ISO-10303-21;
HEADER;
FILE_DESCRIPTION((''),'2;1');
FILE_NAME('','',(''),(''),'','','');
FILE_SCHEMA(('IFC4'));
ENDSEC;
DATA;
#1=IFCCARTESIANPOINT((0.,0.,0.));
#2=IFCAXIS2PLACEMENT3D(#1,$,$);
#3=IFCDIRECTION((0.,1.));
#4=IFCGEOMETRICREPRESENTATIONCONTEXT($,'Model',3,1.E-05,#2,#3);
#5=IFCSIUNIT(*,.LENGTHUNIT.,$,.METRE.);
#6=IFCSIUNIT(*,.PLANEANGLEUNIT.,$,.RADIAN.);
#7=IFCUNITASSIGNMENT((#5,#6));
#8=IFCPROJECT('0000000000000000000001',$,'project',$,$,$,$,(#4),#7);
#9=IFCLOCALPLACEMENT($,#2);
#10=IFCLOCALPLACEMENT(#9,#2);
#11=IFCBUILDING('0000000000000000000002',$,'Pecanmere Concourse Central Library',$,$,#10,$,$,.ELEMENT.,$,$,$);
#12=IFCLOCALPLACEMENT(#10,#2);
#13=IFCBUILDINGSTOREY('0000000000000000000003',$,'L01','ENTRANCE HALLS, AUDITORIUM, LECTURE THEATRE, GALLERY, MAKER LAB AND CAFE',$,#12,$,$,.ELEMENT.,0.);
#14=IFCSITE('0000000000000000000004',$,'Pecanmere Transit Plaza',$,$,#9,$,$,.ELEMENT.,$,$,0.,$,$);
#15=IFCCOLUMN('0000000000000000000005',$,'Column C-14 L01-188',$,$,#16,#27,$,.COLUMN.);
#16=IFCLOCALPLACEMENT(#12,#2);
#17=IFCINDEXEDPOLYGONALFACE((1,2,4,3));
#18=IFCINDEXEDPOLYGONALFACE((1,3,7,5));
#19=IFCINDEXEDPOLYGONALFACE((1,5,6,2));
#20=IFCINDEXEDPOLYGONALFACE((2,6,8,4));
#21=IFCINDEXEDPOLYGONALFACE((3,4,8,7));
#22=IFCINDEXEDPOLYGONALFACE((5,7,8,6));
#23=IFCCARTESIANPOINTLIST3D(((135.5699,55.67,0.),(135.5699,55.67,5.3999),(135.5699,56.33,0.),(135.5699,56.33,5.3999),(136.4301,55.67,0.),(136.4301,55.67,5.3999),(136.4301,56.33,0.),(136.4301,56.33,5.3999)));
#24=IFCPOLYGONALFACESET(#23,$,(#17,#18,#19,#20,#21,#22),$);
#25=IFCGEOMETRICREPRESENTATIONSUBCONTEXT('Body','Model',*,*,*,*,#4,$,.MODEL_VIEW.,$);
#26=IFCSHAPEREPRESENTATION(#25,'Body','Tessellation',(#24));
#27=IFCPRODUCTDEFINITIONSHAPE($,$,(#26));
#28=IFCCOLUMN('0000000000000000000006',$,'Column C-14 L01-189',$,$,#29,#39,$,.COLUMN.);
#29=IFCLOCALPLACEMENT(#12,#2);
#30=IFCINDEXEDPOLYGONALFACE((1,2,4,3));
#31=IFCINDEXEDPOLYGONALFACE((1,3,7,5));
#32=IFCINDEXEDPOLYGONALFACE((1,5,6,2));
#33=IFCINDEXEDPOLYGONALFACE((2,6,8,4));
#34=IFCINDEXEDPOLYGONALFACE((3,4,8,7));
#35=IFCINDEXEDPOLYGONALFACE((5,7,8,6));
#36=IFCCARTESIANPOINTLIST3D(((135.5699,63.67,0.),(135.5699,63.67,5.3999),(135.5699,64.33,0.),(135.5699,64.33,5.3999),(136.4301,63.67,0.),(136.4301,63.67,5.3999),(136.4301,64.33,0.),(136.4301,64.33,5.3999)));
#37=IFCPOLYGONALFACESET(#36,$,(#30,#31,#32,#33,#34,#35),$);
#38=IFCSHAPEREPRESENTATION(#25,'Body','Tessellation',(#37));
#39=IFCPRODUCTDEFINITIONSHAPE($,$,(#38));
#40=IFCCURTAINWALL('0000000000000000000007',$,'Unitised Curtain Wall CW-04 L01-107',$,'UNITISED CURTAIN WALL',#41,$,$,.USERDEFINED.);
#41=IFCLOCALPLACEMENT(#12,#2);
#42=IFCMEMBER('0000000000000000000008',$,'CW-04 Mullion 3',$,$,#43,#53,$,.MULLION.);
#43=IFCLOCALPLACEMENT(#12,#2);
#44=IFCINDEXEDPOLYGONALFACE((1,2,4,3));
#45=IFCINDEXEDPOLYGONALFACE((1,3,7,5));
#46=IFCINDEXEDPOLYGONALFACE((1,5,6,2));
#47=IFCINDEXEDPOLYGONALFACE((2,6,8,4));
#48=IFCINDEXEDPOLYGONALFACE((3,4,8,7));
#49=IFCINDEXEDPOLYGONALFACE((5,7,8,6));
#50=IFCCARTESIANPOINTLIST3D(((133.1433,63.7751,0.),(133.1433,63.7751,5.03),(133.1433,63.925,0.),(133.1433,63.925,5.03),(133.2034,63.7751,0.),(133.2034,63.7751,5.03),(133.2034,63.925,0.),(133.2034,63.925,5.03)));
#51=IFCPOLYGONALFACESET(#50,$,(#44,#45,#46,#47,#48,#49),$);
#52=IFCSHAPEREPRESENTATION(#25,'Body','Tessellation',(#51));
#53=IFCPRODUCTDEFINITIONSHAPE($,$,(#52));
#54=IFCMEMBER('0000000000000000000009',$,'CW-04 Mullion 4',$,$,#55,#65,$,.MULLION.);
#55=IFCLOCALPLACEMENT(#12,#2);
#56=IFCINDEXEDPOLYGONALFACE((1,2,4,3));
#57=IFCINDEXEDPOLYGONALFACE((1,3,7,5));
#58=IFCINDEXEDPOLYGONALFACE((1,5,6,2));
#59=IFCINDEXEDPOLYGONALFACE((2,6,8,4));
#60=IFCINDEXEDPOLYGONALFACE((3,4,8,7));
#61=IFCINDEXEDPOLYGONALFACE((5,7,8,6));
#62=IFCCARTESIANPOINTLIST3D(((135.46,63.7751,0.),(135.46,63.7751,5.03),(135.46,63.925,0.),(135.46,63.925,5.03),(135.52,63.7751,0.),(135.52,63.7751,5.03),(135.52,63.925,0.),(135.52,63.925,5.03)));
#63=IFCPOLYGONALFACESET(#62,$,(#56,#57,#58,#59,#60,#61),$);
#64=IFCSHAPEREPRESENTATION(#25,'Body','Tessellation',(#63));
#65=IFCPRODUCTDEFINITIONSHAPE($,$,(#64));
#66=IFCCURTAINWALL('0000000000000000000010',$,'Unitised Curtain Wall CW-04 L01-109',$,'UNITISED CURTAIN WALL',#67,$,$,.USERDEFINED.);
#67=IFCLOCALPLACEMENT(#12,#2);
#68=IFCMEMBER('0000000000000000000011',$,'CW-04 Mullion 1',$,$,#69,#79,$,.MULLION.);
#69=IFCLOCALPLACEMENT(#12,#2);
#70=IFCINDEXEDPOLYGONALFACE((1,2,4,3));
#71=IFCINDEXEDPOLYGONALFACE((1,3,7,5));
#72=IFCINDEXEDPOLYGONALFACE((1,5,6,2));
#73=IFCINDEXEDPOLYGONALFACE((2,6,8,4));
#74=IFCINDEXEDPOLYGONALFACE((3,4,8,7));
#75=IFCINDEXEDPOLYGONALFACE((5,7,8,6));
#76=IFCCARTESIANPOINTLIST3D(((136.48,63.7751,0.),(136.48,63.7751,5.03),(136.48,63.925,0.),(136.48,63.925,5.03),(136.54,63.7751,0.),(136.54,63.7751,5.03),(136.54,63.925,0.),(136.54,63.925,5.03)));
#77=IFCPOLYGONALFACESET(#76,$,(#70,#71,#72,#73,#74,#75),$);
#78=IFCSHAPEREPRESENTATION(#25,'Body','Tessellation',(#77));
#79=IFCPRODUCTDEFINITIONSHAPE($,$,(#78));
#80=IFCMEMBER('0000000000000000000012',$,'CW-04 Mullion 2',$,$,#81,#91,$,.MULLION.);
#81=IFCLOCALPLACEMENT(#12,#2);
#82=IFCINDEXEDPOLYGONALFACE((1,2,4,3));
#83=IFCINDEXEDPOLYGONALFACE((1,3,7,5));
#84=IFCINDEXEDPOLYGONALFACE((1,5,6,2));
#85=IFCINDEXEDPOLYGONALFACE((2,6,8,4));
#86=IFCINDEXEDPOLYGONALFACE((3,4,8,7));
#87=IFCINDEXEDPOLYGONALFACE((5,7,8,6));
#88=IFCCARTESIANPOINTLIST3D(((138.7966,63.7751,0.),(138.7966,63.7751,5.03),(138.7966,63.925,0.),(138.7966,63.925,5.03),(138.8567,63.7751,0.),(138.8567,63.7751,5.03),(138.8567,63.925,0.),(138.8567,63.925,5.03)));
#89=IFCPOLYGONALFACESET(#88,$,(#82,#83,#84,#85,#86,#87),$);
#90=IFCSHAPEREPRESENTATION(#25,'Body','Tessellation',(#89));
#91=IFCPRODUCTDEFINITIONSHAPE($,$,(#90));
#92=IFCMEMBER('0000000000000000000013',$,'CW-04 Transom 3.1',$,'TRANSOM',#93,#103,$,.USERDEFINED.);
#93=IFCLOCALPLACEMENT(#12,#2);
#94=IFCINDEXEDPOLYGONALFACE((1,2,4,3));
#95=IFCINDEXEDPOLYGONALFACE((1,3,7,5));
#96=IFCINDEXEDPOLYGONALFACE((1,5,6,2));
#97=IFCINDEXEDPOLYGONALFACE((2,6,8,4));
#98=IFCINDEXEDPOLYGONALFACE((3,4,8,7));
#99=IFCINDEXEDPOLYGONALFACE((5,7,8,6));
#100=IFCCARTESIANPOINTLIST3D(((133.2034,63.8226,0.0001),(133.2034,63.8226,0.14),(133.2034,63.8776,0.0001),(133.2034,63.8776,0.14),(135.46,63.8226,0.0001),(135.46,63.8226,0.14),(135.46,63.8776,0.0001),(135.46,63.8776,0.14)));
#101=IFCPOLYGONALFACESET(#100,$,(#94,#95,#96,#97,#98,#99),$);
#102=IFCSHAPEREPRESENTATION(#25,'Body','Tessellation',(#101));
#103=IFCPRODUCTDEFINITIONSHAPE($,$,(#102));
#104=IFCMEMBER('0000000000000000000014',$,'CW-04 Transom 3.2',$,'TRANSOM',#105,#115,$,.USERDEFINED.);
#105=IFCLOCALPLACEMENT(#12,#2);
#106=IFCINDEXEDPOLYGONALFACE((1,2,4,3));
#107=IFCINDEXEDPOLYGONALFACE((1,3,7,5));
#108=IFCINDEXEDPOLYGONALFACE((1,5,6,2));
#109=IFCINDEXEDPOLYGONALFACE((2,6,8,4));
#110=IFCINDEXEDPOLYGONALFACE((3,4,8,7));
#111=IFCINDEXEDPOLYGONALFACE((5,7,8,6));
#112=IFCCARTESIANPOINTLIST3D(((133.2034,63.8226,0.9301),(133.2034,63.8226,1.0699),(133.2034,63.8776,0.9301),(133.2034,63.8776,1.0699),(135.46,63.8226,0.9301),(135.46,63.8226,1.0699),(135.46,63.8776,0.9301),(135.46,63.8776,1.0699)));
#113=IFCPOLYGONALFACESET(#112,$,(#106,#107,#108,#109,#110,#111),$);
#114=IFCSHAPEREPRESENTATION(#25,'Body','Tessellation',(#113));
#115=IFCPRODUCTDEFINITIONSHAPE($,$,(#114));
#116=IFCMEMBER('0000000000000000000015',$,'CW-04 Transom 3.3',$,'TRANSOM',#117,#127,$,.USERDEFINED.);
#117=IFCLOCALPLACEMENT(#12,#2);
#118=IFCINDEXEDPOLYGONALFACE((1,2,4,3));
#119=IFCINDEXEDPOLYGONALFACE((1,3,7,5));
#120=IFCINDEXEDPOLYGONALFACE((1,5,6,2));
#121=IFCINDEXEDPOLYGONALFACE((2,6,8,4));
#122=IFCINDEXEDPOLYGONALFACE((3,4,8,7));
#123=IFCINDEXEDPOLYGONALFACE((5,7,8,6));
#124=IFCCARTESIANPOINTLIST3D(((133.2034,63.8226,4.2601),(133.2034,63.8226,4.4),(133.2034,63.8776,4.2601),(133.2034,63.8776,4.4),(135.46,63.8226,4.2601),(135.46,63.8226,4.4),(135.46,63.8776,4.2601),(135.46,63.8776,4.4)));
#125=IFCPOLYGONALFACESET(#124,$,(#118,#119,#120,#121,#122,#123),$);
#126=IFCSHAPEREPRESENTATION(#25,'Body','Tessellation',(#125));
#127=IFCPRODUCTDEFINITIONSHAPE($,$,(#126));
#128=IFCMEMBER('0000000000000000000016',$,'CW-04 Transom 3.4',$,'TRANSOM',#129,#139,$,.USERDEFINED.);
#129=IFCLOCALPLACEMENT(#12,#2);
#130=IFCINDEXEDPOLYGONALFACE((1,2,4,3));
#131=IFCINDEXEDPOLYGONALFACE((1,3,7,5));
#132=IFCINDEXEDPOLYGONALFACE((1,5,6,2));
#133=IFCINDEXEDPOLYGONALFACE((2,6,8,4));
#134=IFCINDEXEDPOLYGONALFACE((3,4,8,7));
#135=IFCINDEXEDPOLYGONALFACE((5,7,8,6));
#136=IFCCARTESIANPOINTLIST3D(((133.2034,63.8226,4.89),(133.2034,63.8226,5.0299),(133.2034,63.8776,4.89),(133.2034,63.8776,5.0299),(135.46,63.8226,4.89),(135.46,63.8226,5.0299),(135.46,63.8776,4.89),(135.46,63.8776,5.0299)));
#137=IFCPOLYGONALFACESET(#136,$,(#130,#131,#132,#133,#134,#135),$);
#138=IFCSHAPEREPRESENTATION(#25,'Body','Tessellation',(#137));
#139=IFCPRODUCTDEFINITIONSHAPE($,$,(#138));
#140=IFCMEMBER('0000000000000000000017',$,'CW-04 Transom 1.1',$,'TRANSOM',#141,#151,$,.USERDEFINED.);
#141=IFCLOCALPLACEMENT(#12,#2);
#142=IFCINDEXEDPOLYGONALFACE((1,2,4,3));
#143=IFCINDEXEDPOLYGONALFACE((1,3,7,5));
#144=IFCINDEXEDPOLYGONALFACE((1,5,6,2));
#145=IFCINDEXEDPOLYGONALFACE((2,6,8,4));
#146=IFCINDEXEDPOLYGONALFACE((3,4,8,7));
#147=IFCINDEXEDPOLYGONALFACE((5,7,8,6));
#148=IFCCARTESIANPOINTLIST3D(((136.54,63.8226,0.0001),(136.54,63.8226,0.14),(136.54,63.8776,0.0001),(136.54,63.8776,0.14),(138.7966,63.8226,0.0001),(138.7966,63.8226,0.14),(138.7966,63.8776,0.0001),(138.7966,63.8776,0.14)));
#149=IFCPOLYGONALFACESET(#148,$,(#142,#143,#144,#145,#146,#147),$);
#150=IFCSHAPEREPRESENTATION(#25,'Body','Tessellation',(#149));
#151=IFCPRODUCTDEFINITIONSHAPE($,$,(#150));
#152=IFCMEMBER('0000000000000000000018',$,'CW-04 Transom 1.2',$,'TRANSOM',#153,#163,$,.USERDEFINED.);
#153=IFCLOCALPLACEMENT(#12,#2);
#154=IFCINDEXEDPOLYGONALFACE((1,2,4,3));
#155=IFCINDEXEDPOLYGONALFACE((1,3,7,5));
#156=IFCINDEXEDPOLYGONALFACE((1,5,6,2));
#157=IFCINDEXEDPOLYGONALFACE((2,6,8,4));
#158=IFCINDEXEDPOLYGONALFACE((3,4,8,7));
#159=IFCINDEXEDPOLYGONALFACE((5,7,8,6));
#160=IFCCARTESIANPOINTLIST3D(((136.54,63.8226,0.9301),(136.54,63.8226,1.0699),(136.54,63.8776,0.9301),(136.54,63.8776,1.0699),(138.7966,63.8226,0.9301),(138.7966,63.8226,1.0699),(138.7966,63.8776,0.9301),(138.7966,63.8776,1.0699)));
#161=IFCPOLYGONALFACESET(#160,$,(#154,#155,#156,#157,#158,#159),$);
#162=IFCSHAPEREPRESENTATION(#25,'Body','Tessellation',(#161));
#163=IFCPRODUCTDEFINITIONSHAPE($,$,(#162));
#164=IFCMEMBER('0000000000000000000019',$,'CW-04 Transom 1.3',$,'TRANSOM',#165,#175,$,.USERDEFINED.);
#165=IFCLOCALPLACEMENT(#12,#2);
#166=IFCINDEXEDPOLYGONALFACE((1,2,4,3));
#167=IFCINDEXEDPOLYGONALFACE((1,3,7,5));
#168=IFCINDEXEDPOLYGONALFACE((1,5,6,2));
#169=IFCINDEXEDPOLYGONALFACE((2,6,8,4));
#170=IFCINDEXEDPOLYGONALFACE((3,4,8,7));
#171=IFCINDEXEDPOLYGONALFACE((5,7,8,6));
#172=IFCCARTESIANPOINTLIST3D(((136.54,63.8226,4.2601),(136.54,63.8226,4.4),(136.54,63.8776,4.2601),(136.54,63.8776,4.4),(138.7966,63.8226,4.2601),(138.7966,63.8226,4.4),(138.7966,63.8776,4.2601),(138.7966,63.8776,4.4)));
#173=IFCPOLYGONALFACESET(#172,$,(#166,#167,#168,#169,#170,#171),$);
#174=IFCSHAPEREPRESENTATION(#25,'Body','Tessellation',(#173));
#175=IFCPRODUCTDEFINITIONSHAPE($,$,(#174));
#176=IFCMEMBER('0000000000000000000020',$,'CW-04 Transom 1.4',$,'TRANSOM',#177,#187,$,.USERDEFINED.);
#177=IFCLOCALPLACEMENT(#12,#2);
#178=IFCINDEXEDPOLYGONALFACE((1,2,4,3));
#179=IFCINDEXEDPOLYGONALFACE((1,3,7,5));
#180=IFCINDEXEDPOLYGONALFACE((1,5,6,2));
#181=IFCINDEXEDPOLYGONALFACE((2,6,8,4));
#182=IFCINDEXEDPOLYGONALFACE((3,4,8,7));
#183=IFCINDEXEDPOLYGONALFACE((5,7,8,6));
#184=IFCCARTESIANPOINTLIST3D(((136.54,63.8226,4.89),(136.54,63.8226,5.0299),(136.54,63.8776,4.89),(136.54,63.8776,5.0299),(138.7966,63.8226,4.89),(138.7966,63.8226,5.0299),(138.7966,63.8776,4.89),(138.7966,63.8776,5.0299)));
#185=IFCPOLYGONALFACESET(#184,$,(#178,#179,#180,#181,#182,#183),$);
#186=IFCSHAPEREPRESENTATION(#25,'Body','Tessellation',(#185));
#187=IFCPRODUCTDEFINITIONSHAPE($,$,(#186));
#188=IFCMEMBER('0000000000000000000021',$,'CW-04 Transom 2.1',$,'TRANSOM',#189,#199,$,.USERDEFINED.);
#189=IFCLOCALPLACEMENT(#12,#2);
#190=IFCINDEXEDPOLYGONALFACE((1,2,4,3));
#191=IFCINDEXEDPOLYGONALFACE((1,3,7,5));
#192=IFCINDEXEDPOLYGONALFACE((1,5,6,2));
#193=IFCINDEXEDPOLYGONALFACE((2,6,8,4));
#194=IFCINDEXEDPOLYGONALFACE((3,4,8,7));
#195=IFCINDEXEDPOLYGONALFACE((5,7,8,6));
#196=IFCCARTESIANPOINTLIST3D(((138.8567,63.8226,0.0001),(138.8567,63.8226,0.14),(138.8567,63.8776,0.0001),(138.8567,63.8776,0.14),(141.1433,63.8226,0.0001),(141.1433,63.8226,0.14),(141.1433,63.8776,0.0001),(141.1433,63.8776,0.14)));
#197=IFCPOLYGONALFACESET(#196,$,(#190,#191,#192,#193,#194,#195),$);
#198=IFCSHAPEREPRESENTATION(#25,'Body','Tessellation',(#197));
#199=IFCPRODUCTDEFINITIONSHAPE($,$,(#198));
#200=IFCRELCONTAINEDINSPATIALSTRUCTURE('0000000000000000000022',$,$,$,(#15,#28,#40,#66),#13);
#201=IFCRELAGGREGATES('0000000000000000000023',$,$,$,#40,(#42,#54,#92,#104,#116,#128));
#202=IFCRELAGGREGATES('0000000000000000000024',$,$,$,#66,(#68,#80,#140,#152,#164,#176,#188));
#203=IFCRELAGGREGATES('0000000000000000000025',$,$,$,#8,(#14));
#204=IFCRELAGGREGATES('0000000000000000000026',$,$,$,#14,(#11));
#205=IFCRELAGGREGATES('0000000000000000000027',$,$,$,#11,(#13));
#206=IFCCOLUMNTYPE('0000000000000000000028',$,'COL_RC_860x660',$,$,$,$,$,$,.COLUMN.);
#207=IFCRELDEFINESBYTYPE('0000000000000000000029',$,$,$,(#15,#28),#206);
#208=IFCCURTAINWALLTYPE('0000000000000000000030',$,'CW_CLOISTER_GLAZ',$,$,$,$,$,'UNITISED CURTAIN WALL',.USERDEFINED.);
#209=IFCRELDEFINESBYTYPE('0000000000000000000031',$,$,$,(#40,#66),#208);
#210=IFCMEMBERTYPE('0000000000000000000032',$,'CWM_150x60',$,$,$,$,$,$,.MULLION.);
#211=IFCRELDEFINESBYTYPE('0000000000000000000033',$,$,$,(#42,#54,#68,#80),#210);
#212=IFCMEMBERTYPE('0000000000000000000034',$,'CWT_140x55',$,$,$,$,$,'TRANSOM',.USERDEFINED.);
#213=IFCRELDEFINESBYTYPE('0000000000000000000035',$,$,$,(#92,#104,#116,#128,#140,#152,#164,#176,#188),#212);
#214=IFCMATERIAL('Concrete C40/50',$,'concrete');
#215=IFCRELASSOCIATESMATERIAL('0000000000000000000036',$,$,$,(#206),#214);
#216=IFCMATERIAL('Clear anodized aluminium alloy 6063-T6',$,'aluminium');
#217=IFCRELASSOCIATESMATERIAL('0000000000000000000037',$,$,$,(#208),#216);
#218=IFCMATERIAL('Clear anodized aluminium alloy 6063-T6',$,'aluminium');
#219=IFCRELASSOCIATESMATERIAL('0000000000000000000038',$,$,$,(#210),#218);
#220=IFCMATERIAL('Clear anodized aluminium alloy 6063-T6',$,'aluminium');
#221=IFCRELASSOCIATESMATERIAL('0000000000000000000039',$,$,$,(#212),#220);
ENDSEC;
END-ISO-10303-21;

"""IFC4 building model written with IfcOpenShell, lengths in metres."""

from ifc_helpers import new_model, si_unit, direction, frame, origin, origin_2d, place, context, subcontext, project, spatial, rectangle, extrude, material, material_profile, profile_set, type_object, element, aggregate, save


model = new_model("IFC4")

# Units and contexts
model_context = context("Model", 3, precision=1e-05, world=origin(), true_north=direction((0.0, 1.0)))
body_context = subcontext(model_context, "Body", "Model", "MODEL_VIEW")
ifc_project = project(units=[si_unit("LENGTHUNIT", "METRE"), si_unit("PLANEANGLEUNIT", "RADIAN")], contexts=[model_context])

# Site, building, storey
site_placement = place(None, origin())
site = spatial("IfcSite", under=ifc_project, at=site_placement, Name="Pecanmere Transit Plaza", CompositionType="ELEMENT", RefElevation=0.0)
building_placement = place(site_placement, origin())
building = spatial("IfcBuilding", under=site, at=building_placement, Name="Pecanmere Concourse Central Library", CompositionType="ELEMENT")
storey_placement = place(building_placement, origin())
storey = spatial("IfcBuildingStorey", under=building, at=storey_placement, Name="L01", Description="ENTRANCE HALLS, AUDITORIUM, LECTURE THEATRE, GALLERY, MAKER LAB AND CAFE", CompositionType="ELEMENT", Elevation=0.0)

# Columns
ifc_material_1 = material(Name="Concrete C40/50", Category="concrete")
ifc_material_profile_1 = material_profile(ifc_material_1, rectangle(XDim=0.8601, YDim=0.6599, at=origin_2d()), Name="RC 860x660")
ifc_profile_set_1 = profile_set([ifc_material_profile_1], Name="Concrete C40/50")
column_type = type_object("IfcColumnType", Name="COL_RC_860x660", PredefinedType="COLUMN", material=ifc_profile_set_1)
for number, where, z_axis, x_axis, name in (
    (1, (136.0, 56.0, 0.0), (0.0, 0.0, 1.0), (1.0, 0.0, 0.0), "Column C-14 L01-188"),
    (2, (136.0, 64.0, 0.0), (0.0, 0.0, 1.0), (1.0, 0.0, 0.0), "Column C-14 L01-189"),
):
    element("IfcColumn", number, at=place(storey_placement, frame(where, z_axis=z_axis, x_axis=x_axis)), inside=storey, type_object=column_type, Name=name, PredefinedType="COLUMN", context=body_context, shape_type="SweptSolid", body=[
        extrude(rectangle(XDim=0.8601, YDim=0.6599, at=origin_2d()), origin(), (0.0, 0.0, 1.0), 5.3999),
    ])

# Curtain walls, members
ifc_material_2 = material(Name="Clear anodized aluminium alloy 6063-T6", Category="aluminium")
curtain_wall_type = type_object("IfcCurtainWallType", Name="CW_CLOISTER_GLAZ", ElementType="UNITISED CURTAIN WALL", PredefinedType="USERDEFINED", material=ifc_material_2)
curtain_wall_1_placement = place(storey_placement, origin())
curtain_wall_1 = element("IfcCurtainWall", 3, at=curtain_wall_1_placement, inside=storey, type_object=curtain_wall_type, Name="Unitised Curtain Wall CW-04 L01-107", ObjectType="UNITISED CURTAIN WALL", PredefinedType="USERDEFINED")
ifc_material_3 = material(Name="Clear anodized aluminium alloy 6063-T6", Category="aluminium")
ifc_material_profile_2 = material_profile(ifc_material_3, rectangle(XDim=0.0601, YDim=0.1499, at=origin_2d()), Name="AL 60x150")
ifc_profile_set_2 = profile_set([ifc_material_profile_2], Name="Clear anodized aluminium alloy 6063-T6")
member_type_1 = type_object("IfcMemberType", Name="CWM_150x60", PredefinedType="MULLION", material=ifc_profile_set_2)
member_1_placement = place(storey_placement, frame((133.1733, 63.8501, 0.0), z_axis=(0.0, 0.0, 1.0), x_axis=(1.0, 0.0, 0.0)))
member_1 = element("IfcMember", 4, at=member_1_placement, type_object=member_type_1, Name="CW-04 Mullion 3", PredefinedType="MULLION", context=body_context, shape_type="SweptSolid", body=[
    extrude(rectangle(XDim=0.0601, YDim=0.1499, at=origin_2d()), origin(), (0.0, 0.0, 1.0), 5.03),
])
member_2_placement = place(storey_placement, frame((135.49, 63.8501, 0.0), z_axis=(0.0, 0.0, 1.0), x_axis=(1.0, 0.0, 0.0)))
member_2 = element("IfcMember", 5, at=member_2_placement, type_object=member_type_1, Name="CW-04 Mullion 4", PredefinedType="MULLION", context=body_context, shape_type="SweptSolid", body=[
    extrude(rectangle(XDim=0.0601, YDim=0.1499, at=origin_2d()), origin(), (0.0, 0.0, 1.0), 5.03),
])
curtain_wall_2_placement = place(storey_placement, origin())
curtain_wall_2 = element("IfcCurtainWall", 6, at=curtain_wall_2_placement, inside=storey, type_object=curtain_wall_type, Name="Unitised Curtain Wall CW-04 L01-109", ObjectType="UNITISED CURTAIN WALL", PredefinedType="USERDEFINED")
member_3_placement = place(storey_placement, frame((136.51, 63.8501, 0.0), z_axis=(0.0, 0.0, 1.0), x_axis=(1.0, 0.0, 0.0)))
member_3 = element("IfcMember", 7, at=member_3_placement, type_object=member_type_1, Name="CW-04 Mullion 1", PredefinedType="MULLION", context=body_context, shape_type="SweptSolid", body=[
    extrude(rectangle(XDim=0.0601, YDim=0.1499, at=origin_2d()), origin(), (0.0, 0.0, 1.0), 5.03),
])
member_4_placement = place(storey_placement, frame((138.8267, 63.8501, 0.0), z_axis=(0.0, 0.0, 1.0), x_axis=(1.0, 0.0, 0.0)))
member_4 = element("IfcMember", 8, at=member_4_placement, type_object=member_type_1, Name="CW-04 Mullion 2", PredefinedType="MULLION", context=body_context, shape_type="SweptSolid", body=[
    extrude(rectangle(XDim=0.0601, YDim=0.1499, at=origin_2d()), origin(), (0.0, 0.0, 1.0), 5.03),
])

# Members
ifc_material_4 = material(Name="Clear anodized aluminium alloy 6063-T6", Category="aluminium")
ifc_material_profile_3 = material_profile(ifc_material_4, rectangle(XDim=0.0549, YDim=0.1399, at=origin_2d()), Name="AL 55x140")
ifc_profile_set_3 = profile_set([ifc_material_profile_3], Name="Clear anodized aluminium alloy 6063-T6")
member_type_2 = type_object("IfcMemberType", Name="CWT_140x55", ElementType="TRANSOM", PredefinedType="USERDEFINED", material=ifc_profile_set_3)
member_5_placement = place(storey_placement, frame((133.2034, 63.8501, 0.0701), z_axis=(1.0, 0.0, 0.0), x_axis=(0.0, 1.0, 0.0)))
member_5 = element("IfcMember", 9, at=member_5_placement, type_object=member_type_2, Name="CW-04 Transom 3.1", ObjectType="TRANSOM", PredefinedType="USERDEFINED", context=body_context, shape_type="SweptSolid", body=[
    extrude(rectangle(XDim=0.0549, YDim=0.1399, at=origin_2d()), origin(), (0.0, 0.0, 1.0), 2.2566),
])
member_6_placement = place(storey_placement, frame((133.2034, 63.8501, 1.0), z_axis=(1.0, 0.0, 0.0), x_axis=(0.0, 1.0, 0.0)))
member_6 = element("IfcMember", 10, at=member_6_placement, type_object=member_type_2, Name="CW-04 Transom 3.2", ObjectType="TRANSOM", PredefinedType="USERDEFINED", context=body_context, shape_type="SweptSolid", body=[
    extrude(rectangle(XDim=0.0549, YDim=0.1399, at=origin_2d()), origin(), (0.0, 0.0, 1.0), 2.2566),
])
member_7_placement = place(storey_placement, frame((133.2034, 63.8501, 4.3301), z_axis=(1.0, 0.0, 0.0), x_axis=(0.0, 1.0, 0.0)))
member_7 = element("IfcMember", 11, at=member_7_placement, type_object=member_type_2, Name="CW-04 Transom 3.3", ObjectType="TRANSOM", PredefinedType="USERDEFINED", context=body_context, shape_type="SweptSolid", body=[
    extrude(rectangle(XDim=0.0549, YDim=0.1399, at=origin_2d()), origin(), (0.0, 0.0, 1.0), 2.2566),
])
member_8_placement = place(storey_placement, frame((133.2034, 63.8501, 4.96), z_axis=(1.0, 0.0, 0.0), x_axis=(0.0, 1.0, 0.0)))
member_8 = element("IfcMember", 12, at=member_8_placement, type_object=member_type_2, Name="CW-04 Transom 3.4", ObjectType="TRANSOM", PredefinedType="USERDEFINED", context=body_context, shape_type="SweptSolid", body=[
    extrude(rectangle(XDim=0.0549, YDim=0.1399, at=origin_2d()), origin(), (0.0, 0.0, 1.0), 2.2566),
])
member_9_placement = place(storey_placement, frame((136.54, 63.8501, 0.0701), z_axis=(1.0, 0.0, 0.0), x_axis=(0.0, 1.0, 0.0)))
member_9 = element("IfcMember", 13, at=member_9_placement, type_object=member_type_2, Name="CW-04 Transom 1.1", ObjectType="TRANSOM", PredefinedType="USERDEFINED", context=body_context, shape_type="SweptSolid", body=[
    extrude(rectangle(XDim=0.0549, YDim=0.1399, at=origin_2d()), origin(), (0.0, 0.0, 1.0), 2.2566),
])
member_10_placement = place(storey_placement, frame((136.54, 63.8501, 1.0), z_axis=(1.0, 0.0, 0.0), x_axis=(0.0, 1.0, 0.0)))
member_10 = element("IfcMember", 14, at=member_10_placement, type_object=member_type_2, Name="CW-04 Transom 1.2", ObjectType="TRANSOM", PredefinedType="USERDEFINED", context=body_context, shape_type="SweptSolid", body=[
    extrude(rectangle(XDim=0.0549, YDim=0.1399, at=origin_2d()), origin(), (0.0, 0.0, 1.0), 2.2566),
])
member_11_placement = place(storey_placement, frame((136.54, 63.8501, 4.3301), z_axis=(1.0, 0.0, 0.0), x_axis=(0.0, 1.0, 0.0)))
member_11 = element("IfcMember", 15, at=member_11_placement, type_object=member_type_2, Name="CW-04 Transom 1.3", ObjectType="TRANSOM", PredefinedType="USERDEFINED", context=body_context, shape_type="SweptSolid", body=[
    extrude(rectangle(XDim=0.0549, YDim=0.1399, at=origin_2d()), origin(), (0.0, 0.0, 1.0), 2.2566),
])
member_12_placement = place(storey_placement, frame((136.54, 63.8501, 4.96), z_axis=(1.0, 0.0, 0.0), x_axis=(0.0, 1.0, 0.0)))
member_12 = element("IfcMember", 16, at=member_12_placement, type_object=member_type_2, Name="CW-04 Transom 1.4", ObjectType="TRANSOM", PredefinedType="USERDEFINED", context=body_context, shape_type="SweptSolid", body=[
    extrude(rectangle(XDim=0.0549, YDim=0.1399, at=origin_2d()), origin(), (0.0, 0.0, 1.0), 2.2566),
])
member_13_placement = place(storey_placement, frame((138.8567, 63.8501, 0.0701), z_axis=(1.0, 0.0, 0.0), x_axis=(0.0, 1.0, 0.0)))
member_13 = element("IfcMember", 17, at=member_13_placement, type_object=member_type_2, Name="CW-04 Transom 2.1", ObjectType="TRANSOM", PredefinedType="USERDEFINED", context=body_context, shape_type="SweptSolid", body=[
    extrude(rectangle(XDim=0.0549, YDim=0.1399, at=origin_2d()), origin(), (0.0, 0.0, 1.0), 2.2866),
])

aggregate(curtain_wall_1, [member_1, member_2, member_5, member_6, member_7, member_8])
aggregate(curtain_wall_2, [member_3, member_4, member_9, member_10, member_11, member_12, member_13])

save(model, "model.ifc")
